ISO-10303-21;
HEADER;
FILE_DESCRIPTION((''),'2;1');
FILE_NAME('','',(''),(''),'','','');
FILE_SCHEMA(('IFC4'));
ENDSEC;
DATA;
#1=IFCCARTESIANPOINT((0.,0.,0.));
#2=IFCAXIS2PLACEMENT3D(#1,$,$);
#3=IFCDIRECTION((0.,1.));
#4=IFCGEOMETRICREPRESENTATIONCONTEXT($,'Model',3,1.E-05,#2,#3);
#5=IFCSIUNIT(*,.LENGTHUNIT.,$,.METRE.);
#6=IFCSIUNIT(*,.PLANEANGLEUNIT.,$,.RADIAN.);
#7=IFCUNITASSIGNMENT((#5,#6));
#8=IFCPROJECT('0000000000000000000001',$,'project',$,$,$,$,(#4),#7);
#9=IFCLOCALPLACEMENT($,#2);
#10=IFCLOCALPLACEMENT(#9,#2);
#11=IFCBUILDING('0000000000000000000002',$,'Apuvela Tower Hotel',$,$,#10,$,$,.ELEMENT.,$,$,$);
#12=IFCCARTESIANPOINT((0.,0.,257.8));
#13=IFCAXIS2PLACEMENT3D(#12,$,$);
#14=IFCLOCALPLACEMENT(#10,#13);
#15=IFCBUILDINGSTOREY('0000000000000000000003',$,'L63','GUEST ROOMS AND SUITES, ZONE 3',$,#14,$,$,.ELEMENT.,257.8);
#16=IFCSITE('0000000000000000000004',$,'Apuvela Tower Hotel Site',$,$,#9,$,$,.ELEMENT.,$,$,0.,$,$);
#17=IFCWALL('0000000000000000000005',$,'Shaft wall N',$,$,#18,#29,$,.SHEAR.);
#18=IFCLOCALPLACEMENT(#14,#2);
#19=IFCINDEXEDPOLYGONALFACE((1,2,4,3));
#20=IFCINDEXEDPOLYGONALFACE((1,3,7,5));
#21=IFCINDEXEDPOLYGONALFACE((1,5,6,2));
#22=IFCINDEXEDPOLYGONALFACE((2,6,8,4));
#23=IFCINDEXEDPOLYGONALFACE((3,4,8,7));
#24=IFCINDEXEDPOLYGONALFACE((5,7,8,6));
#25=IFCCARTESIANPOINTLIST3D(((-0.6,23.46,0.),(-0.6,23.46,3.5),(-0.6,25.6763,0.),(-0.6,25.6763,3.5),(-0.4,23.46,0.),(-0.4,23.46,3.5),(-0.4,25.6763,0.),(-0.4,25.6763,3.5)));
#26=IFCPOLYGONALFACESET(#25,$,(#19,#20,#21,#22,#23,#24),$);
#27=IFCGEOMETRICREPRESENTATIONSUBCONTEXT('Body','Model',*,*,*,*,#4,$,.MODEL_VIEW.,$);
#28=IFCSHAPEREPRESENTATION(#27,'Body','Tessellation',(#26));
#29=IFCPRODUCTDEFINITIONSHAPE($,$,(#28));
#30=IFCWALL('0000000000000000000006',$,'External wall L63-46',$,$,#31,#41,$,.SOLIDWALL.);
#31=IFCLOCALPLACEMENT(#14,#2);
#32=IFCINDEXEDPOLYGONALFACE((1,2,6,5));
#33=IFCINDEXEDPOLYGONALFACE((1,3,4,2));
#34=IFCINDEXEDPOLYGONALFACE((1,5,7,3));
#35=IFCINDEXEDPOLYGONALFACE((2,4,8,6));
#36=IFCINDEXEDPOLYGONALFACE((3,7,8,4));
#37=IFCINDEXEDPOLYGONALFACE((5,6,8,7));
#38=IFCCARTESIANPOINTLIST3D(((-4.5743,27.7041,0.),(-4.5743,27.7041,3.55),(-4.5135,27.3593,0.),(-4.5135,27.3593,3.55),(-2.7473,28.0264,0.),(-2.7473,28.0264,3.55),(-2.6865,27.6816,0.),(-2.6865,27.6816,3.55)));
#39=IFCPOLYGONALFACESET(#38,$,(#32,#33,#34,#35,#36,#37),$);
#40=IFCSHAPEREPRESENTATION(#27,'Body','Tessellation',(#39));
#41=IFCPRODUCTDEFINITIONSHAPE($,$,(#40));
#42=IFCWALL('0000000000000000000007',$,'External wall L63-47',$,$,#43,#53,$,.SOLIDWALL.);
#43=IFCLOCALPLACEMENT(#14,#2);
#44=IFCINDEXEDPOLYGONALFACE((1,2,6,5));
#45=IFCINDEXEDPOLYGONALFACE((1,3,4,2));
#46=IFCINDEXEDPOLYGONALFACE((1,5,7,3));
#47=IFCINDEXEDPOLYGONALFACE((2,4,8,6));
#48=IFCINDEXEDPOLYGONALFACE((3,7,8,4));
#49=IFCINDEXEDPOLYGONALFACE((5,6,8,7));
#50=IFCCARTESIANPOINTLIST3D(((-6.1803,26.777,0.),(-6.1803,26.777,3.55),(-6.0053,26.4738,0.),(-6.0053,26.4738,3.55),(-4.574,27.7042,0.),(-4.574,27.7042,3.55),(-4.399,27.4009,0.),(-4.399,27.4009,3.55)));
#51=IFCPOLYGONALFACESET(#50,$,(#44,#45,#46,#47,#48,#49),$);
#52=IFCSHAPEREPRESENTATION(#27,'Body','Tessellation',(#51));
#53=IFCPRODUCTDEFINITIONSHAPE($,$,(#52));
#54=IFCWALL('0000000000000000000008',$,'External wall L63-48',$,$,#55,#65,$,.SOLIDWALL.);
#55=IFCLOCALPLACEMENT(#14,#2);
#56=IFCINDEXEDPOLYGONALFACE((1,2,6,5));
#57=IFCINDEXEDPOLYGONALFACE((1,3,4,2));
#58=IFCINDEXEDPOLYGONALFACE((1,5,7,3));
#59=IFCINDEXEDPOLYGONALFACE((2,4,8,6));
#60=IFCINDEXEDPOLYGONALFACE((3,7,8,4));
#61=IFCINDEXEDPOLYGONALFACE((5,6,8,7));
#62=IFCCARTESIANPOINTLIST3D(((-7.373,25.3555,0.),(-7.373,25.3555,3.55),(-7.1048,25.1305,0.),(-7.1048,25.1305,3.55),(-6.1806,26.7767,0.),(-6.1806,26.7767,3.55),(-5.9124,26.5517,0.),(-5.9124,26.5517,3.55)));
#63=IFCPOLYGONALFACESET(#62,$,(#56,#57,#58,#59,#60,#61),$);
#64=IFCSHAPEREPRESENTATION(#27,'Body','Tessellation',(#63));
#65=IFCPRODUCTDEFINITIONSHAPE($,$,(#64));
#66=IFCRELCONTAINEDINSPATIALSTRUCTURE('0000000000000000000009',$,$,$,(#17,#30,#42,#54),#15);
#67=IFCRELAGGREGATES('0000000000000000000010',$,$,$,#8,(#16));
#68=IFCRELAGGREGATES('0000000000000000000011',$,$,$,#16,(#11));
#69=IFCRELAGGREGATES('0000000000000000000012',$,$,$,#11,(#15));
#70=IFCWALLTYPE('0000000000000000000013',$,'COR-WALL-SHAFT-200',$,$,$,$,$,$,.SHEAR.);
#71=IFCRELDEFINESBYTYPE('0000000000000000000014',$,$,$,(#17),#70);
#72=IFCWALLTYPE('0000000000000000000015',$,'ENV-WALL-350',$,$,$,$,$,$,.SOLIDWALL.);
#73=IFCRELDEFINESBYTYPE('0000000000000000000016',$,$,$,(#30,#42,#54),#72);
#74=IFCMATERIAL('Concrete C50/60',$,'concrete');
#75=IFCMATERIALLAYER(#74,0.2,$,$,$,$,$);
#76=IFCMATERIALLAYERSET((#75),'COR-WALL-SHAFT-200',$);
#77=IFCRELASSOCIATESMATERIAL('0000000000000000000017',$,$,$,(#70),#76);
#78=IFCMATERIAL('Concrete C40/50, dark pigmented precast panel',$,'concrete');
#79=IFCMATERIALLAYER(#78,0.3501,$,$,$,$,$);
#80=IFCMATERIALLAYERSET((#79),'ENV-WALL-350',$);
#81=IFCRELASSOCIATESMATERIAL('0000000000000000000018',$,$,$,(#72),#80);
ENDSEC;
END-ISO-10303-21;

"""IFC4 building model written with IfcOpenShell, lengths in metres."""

from ifc_helpers import new_model, si_unit, direction, frame, frame_2d, origin, place, context, subcontext, project, spatial, rectangle, extrude, material, layer, layer_set, type_object, element, save


model = new_model("IFC4")

# Units and contexts
model_context = context("Model", 3, precision=1e-05, world=origin(), true_north=direction((0.0, 1.0)))
body_context = subcontext(model_context, "Body", "Model", "MODEL_VIEW")
ifc_project = project(units=[si_unit("LENGTHUNIT", "METRE"), si_unit("PLANEANGLEUNIT", "RADIAN")], contexts=[model_context])

# Site, building, storey
site_placement = place(None, origin())
site = spatial("IfcSite", under=ifc_project, at=site_placement, Name="Apuvela Tower Hotel Site", CompositionType="ELEMENT", RefElevation=0.0)
building_placement = place(site_placement, origin())
building = spatial("IfcBuilding", under=site, at=building_placement, Name="Apuvela Tower Hotel", CompositionType="ELEMENT")
storey_placement = place(building_placement, frame((0.0, 0.0, 257.8)))
storey = spatial("IfcBuildingStorey", under=building, at=storey_placement, Name="L63", Description="GUEST ROOMS AND SUITES, ZONE 3", CompositionType="ELEMENT", Elevation=257.8)

# Shared definitions
ifc_material_1 = material(Name="Concrete C50/60", Category="concrete")
ifc_layer_1 = layer(ifc_material_1, 0.2)
ifc_layer_set_1 = layer_set([ifc_layer_1], Name="COR-WALL-SHAFT-200")
wall_type_1 = type_object("IfcWallType", Name="COR-WALL-SHAFT-200", PredefinedType="SHEAR", material=ifc_layer_set_1)

# Wall
wall_1_placement = place(storey_placement, frame((-0.5, 23.46, 0.0), z_axis=(0.0, 0.0, 1.0), x_axis=(0.0, 1.0, 0.0)))
element("IfcWall", 1, at=wall_1_placement, inside=storey, type_object=wall_type_1, Name="Shaft wall N", PredefinedType="SHEAR", context=body_context, shape_type="SweptSolid", body=[
    extrude(rectangle(XDim=2.2163, YDim=0.2, at=frame_2d((1.1082, 0.0))), origin(), (0.0, 0.0, 1.0), 3.5),
])

# Shared definitions
ifc_material_2 = material(Name="Concrete C40/50, dark pigmented precast panel", Category="concrete")
ifc_layer_2 = layer(ifc_material_2, 0.3501)
ifc_layer_set_2 = layer_set([ifc_layer_2], Name="ENV-WALL-350")
wall_type_2 = type_object("IfcWallType", Name="ENV-WALL-350", PredefinedType="SOLIDWALL", material=ifc_layer_set_2)

# Walls
wall_2_placement = place(storey_placement, frame((-2.7168, 27.854, 0.0), z_axis=(0.0, 0.0, 1.0), x_axis=(-0.984795, -0.173718, 0.0)))
element("IfcWall", 2, at=wall_2_placement, inside=storey, type_object=wall_type_2, Name="External wall L63-46", PredefinedType="SOLIDWALL", context=body_context, shape_type="SweptSolid", body=[
    extrude(rectangle(XDim=1.8552, YDim=0.3501, at=frame_2d((0.9277, 0.0))), origin(), (0.0, 0.0, 1.0), 3.55),
])
wall_3_placement = place(storey_placement, frame((-4.4866, 27.5525, 0.0), z_axis=(0.0, 0.0, 1.0), x_axis=(-0.86608, -0.499905, 0.0)))
element("IfcWall", 3, at=wall_3_placement, inside=storey, type_object=wall_type_2, Name="External wall L63-47", PredefinedType="SOLIDWALL", context=body_context, shape_type="SweptSolid", body=[
    extrude(rectangle(XDim=1.8547, YDim=0.3501, at=frame_2d((0.9272, 0.0))), origin(), (0.0, 0.0, 1.0), 3.55),
])
wall_4_placement = place(storey_placement, frame((-6.0464, 26.6643, 0.0), z_axis=(0.0, 0.0, 1.0), x_axis=(-0.642757, -0.76607, 0.0)))
element("IfcWall", 4, at=wall_4_placement, inside=storey, type_object=wall_type_2, Name="External wall L63-48", PredefinedType="SOLIDWALL", context=body_context, shape_type="SweptSolid", body=[
    extrude(rectangle(XDim=1.8552, YDim=0.3501, at=frame_2d((0.9277, 0.0))), origin(), (0.0, 0.0, 1.0), 3.55),
])

save(model, "model.ifc")
